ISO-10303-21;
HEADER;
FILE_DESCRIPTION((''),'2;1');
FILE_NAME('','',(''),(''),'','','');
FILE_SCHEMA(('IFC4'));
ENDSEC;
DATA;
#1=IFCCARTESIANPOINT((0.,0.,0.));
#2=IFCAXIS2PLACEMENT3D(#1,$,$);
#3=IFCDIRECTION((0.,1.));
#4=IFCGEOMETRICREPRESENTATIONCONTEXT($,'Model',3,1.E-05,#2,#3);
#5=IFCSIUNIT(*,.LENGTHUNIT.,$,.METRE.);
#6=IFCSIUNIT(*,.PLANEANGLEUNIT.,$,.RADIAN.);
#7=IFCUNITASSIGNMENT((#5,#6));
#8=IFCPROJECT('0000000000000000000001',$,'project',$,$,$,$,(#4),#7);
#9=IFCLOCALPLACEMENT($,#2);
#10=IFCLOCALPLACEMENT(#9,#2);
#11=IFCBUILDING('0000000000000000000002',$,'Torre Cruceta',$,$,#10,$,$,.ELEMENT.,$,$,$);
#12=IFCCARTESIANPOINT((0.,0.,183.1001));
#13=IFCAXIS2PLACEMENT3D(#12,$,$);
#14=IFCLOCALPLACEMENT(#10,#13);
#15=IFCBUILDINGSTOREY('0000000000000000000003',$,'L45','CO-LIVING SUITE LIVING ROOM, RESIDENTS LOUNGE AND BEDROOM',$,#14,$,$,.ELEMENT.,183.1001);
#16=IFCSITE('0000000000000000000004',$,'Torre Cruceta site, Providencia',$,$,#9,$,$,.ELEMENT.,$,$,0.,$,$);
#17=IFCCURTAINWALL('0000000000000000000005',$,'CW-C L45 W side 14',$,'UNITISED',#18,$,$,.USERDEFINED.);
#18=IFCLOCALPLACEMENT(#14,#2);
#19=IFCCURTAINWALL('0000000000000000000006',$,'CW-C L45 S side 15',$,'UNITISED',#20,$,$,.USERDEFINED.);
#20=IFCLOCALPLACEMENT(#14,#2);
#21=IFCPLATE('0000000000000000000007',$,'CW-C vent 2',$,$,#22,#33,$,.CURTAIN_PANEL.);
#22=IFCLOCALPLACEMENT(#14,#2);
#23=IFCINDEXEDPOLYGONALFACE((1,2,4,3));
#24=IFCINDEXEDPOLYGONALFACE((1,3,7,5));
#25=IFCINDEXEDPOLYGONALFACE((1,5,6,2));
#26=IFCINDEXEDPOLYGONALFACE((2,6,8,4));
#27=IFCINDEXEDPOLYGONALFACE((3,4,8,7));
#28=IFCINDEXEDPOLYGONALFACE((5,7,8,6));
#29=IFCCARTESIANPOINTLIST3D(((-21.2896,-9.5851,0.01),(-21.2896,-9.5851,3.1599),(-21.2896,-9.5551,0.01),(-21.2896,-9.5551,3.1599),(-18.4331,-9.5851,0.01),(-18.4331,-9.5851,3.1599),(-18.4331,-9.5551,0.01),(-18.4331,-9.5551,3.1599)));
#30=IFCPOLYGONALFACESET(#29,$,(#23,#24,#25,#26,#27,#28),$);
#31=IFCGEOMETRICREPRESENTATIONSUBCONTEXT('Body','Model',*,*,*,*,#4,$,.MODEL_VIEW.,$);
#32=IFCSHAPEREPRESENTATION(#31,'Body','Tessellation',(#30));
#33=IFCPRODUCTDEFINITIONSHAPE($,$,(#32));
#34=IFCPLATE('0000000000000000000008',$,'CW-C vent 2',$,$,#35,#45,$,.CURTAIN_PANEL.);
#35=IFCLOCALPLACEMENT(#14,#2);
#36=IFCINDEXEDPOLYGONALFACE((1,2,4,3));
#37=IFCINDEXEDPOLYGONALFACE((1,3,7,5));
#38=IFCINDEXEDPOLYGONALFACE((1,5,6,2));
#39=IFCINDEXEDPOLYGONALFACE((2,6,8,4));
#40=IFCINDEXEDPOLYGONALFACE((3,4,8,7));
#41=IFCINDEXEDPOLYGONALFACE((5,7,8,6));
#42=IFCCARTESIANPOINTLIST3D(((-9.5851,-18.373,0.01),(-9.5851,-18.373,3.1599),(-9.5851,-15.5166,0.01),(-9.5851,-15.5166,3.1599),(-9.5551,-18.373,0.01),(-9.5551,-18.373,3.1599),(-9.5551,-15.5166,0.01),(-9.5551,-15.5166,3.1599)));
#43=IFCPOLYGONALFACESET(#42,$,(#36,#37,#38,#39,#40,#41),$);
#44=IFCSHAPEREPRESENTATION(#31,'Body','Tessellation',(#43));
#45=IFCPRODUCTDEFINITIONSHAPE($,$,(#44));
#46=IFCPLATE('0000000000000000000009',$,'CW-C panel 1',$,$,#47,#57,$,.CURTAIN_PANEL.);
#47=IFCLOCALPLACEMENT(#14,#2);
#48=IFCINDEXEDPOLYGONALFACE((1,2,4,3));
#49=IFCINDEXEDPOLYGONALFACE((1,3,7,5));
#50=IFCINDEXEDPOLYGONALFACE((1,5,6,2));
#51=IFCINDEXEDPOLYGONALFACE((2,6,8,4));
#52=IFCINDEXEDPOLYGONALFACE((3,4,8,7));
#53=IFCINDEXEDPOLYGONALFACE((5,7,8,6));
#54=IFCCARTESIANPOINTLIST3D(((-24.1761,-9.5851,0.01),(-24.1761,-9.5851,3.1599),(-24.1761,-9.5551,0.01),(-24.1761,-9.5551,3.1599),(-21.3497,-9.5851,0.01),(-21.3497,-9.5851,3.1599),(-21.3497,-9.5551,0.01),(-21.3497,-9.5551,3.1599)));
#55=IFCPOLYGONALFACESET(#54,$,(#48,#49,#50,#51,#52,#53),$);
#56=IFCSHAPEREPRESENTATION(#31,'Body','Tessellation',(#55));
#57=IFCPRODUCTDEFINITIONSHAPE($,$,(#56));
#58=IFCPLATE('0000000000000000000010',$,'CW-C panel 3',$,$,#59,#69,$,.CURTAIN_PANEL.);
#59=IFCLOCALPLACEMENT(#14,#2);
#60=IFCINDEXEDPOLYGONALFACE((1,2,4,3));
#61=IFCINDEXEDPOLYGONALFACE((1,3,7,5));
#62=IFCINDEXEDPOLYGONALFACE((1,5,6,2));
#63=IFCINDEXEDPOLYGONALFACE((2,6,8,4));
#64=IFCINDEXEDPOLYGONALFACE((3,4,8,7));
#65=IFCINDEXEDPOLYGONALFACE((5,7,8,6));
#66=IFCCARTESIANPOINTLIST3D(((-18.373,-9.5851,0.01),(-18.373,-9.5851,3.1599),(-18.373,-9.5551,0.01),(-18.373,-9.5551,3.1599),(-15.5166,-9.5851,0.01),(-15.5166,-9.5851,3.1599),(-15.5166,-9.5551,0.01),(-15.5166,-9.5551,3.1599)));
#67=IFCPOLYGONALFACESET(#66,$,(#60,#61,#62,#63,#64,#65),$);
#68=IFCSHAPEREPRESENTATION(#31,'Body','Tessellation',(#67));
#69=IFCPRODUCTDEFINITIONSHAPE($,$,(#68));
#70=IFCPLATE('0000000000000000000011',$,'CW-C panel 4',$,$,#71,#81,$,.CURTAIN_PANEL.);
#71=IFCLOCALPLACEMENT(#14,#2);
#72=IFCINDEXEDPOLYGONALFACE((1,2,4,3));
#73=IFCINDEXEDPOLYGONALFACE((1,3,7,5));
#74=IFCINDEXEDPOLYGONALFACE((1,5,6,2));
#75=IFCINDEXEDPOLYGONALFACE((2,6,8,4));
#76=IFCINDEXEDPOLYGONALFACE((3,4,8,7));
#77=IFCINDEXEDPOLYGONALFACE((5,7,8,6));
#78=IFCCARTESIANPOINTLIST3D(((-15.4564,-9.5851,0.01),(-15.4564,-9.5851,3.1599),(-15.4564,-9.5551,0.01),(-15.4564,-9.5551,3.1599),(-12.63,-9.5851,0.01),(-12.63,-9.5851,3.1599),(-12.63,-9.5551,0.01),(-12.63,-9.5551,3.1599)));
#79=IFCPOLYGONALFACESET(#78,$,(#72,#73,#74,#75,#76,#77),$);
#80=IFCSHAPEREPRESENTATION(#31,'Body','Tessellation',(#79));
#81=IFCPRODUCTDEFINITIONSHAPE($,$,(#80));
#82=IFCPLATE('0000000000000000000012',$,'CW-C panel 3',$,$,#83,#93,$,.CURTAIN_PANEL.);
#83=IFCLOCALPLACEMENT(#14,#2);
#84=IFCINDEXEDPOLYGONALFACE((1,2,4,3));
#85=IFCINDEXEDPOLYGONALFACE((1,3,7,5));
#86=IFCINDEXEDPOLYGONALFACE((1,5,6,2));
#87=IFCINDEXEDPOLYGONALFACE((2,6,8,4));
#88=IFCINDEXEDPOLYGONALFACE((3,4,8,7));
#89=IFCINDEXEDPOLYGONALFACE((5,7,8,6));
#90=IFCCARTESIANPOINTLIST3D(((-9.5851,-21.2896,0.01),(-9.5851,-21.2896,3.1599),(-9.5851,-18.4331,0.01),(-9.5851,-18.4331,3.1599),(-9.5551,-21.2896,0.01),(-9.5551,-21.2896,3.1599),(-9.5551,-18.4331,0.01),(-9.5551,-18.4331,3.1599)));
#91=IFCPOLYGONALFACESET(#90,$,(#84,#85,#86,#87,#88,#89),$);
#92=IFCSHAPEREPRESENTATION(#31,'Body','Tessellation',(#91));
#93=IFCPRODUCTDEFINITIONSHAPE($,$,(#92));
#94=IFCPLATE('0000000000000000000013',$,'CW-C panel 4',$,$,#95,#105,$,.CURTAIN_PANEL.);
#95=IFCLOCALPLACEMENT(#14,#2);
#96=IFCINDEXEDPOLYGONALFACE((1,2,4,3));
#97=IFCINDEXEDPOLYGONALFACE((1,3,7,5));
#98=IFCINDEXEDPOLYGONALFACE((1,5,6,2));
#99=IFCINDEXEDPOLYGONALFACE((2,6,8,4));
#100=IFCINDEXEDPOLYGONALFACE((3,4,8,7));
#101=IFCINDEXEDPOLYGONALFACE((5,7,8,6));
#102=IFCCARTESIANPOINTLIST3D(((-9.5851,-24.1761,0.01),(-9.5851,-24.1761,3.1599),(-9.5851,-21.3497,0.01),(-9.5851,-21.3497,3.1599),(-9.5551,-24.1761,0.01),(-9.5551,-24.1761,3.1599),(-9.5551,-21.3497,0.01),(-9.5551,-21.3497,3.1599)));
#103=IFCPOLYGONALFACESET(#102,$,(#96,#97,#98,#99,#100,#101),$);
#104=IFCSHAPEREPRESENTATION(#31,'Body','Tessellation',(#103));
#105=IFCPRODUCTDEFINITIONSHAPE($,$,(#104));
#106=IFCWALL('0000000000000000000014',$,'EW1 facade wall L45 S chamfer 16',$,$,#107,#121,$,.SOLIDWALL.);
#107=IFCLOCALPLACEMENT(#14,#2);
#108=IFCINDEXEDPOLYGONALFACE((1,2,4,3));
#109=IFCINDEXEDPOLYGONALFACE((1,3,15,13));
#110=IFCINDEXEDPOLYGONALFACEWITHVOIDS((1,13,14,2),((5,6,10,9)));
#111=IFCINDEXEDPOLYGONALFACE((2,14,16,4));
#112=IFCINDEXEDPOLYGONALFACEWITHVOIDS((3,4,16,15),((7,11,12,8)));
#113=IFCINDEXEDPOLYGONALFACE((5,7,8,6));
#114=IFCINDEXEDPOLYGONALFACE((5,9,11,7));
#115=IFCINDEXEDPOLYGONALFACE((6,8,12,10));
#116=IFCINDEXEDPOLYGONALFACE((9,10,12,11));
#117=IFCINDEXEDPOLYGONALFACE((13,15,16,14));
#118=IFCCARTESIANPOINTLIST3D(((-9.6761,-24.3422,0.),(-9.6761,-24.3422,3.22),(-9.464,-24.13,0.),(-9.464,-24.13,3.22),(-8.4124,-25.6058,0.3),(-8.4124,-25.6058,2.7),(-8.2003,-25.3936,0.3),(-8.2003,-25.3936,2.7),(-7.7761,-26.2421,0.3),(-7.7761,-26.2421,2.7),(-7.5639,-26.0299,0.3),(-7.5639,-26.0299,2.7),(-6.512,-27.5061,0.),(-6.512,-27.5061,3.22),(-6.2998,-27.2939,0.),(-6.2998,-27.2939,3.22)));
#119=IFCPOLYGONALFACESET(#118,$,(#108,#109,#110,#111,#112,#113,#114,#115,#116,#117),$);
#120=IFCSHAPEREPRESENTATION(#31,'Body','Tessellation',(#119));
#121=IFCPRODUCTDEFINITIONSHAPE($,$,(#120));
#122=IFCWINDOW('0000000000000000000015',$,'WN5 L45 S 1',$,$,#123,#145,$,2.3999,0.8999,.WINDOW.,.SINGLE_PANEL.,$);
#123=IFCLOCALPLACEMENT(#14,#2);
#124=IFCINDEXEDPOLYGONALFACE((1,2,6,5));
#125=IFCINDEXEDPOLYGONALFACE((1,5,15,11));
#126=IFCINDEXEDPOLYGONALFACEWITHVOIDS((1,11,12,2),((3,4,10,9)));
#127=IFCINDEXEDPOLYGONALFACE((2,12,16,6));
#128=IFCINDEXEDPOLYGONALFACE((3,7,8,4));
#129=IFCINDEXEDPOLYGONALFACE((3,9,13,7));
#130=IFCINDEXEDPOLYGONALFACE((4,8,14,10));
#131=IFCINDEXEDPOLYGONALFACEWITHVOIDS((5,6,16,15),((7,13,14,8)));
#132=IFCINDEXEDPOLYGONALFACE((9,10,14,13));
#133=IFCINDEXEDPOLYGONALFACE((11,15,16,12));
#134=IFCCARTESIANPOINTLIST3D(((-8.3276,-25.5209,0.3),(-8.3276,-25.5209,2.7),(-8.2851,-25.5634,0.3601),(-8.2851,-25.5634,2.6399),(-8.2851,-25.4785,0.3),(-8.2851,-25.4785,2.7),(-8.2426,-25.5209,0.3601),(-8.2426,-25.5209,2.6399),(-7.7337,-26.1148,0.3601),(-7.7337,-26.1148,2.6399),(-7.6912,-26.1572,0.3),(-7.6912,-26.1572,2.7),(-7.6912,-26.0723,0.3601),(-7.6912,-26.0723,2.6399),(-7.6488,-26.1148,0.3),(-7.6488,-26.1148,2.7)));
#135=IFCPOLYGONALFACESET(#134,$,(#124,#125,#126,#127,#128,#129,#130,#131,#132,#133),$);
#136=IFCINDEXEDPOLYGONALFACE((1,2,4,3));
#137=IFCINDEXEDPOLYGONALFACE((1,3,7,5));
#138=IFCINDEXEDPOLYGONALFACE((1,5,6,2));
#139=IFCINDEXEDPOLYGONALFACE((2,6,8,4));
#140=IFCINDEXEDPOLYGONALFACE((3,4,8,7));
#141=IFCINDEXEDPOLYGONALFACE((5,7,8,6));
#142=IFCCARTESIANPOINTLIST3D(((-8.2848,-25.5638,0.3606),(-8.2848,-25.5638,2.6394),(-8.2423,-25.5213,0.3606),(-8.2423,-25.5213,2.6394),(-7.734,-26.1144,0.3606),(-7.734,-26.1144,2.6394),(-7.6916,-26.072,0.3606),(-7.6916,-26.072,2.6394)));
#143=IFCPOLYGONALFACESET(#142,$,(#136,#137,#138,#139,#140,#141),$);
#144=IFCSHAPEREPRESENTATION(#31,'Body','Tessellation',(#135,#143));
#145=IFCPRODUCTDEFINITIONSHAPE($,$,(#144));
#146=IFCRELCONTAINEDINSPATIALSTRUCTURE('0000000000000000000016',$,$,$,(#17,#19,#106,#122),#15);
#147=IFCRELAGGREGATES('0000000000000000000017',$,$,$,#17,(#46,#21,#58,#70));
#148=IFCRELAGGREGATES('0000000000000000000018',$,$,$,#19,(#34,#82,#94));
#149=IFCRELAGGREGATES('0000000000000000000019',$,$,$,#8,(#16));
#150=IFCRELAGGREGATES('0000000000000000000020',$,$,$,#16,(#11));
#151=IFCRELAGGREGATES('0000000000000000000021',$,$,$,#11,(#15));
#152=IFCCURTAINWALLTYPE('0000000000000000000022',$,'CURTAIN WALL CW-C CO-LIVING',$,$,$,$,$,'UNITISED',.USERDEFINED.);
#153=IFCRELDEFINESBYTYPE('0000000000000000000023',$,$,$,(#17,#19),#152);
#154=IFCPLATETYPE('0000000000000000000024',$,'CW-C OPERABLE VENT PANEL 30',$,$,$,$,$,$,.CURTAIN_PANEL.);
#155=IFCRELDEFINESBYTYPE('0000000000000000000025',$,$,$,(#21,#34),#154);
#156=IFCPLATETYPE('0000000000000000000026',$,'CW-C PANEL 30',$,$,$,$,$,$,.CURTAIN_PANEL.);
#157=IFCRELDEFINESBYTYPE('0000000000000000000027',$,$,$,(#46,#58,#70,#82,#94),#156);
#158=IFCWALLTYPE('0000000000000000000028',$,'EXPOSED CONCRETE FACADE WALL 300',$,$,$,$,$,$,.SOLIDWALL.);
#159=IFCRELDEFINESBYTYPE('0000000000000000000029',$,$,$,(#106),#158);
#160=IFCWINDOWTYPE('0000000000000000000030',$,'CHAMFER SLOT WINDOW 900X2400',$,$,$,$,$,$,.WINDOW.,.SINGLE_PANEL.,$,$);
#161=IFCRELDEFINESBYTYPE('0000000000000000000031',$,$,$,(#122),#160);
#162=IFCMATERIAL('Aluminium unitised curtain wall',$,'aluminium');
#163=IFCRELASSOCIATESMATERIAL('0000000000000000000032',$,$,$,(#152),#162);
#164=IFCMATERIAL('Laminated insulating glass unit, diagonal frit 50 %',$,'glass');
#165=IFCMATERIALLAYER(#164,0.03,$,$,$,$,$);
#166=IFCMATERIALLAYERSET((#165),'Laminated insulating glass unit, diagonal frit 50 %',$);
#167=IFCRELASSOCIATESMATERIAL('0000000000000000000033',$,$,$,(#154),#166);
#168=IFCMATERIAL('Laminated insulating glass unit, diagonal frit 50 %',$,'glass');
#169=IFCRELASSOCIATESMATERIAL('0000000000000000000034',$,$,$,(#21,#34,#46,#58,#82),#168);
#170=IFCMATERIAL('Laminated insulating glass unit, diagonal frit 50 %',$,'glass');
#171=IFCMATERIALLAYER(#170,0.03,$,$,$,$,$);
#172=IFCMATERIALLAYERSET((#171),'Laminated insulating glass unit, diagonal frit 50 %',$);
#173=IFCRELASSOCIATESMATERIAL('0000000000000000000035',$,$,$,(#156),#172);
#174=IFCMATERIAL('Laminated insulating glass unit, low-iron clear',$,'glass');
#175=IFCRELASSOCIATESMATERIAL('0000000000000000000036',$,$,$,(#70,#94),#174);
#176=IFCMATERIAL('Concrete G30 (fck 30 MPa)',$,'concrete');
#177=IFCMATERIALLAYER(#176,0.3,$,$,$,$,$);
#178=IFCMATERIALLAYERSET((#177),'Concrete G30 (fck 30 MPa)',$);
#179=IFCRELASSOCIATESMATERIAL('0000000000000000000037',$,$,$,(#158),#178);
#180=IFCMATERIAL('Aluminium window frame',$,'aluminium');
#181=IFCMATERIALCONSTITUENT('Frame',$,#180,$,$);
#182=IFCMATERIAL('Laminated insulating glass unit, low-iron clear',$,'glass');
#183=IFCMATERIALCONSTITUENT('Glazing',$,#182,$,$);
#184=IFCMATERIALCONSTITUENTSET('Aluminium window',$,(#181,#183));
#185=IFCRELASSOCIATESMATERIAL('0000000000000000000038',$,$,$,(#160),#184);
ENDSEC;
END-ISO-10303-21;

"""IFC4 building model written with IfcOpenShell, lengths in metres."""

from ifc_helpers import new_model, si_unit, direction, frame, frame_2d, origin, origin_2d, place, context, subcontext, project, spatial, rectangle, hollow_rectangle, extrude, material, layer, layer_set, constituent, constituent_set, type_object, element, fill, aggregate, save


model = new_model("IFC4")

# Units and contexts
model_context = context("Model", 3, precision=1e-05, world=origin(), true_north=direction((0.0, 1.0)))
body_context = subcontext(model_context, "Body", "Model", "MODEL_VIEW")
ifc_project = project(units=[si_unit("LENGTHUNIT", "METRE"), si_unit("PLANEANGLEUNIT", "RADIAN")], contexts=[model_context])

# Site, building, storey
site_placement = place(None, origin())
site = spatial("IfcSite", under=ifc_project, at=site_placement, Name="Torre Cruceta site, Providencia", CompositionType="ELEMENT", RefElevation=0.0)
building_placement = place(site_placement, origin())
building = spatial("IfcBuilding", under=site, at=building_placement, Name="Torre Cruceta", CompositionType="ELEMENT")
storey_placement = place(building_placement, frame((0.0, 0.0, 183.1001)))
storey = spatial("IfcBuildingStorey", under=building, at=storey_placement, Name="L45", Description="CO-LIVING SUITE LIVING ROOM, RESIDENTS LOUNGE AND BEDROOM", CompositionType="ELEMENT", Elevation=183.1001)

# Curtain walls
ifc_material_1 = material(Name="Aluminium unitised curtain wall", Category="aluminium")
curtain_wall_type = type_object("IfcCurtainWallType", Name="CURTAIN WALL CW-C CO-LIVING", ElementType="UNITISED", PredefinedType="USERDEFINED", material=ifc_material_1)
curtain_wall_1_placement = place(storey_placement, origin())
curtain_wall_1 = element("IfcCurtainWall", 1, at=curtain_wall_1_placement, inside=storey, type_object=curtain_wall_type, Name="CW-C L45 W side 14", ObjectType="UNITISED", PredefinedType="USERDEFINED")
curtain_wall_2_placement = place(storey_placement, origin())
curtain_wall_2 = element("IfcCurtainWall", 2, at=curtain_wall_2_placement, inside=storey, type_object=curtain_wall_type, Name="CW-C L45 S side 15", ObjectType="UNITISED", PredefinedType="USERDEFINED")

# Plates
ifc_material_2 = material(Name="Laminated insulating glass unit, diagonal frit 50 %", Category="glass")
ifc_material_3 = material(Name="Laminated insulating glass unit, diagonal frit 50 %", Category="glass")
ifc_layer_1 = layer(ifc_material_3, 0.03)
ifc_layer_set_1 = layer_set([ifc_layer_1], Name="Laminated insulating glass unit, diagonal frit 50 %")
plate_type_1 = type_object("IfcPlateType", Name="CW-C OPERABLE VENT PANEL 30", PredefinedType="CURTAIN_PANEL", material=ifc_layer_set_1)
plate_1_placement = place(storey_placement, frame((-19.8613, -9.5701, 0.01), z_axis=(0.0, 0.0, 1.0), x_axis=(1.0, 0.0, 0.0)))
plate_1 = element("IfcPlate", 3, at=plate_1_placement, type_object=plate_type_1, material=ifc_material_2, Name="CW-C vent 2", PredefinedType="CURTAIN_PANEL", context=body_context, shape_type="SweptSolid", body=[
    extrude(rectangle(XDim=2.8564, YDim=0.03, at=origin_2d()), origin(), (0.0, 0.0, 1.0), 3.1499),
])
plate_2_placement = place(storey_placement, frame((-9.5701, -16.9448, 0.01), z_axis=(0.0, 0.0, 1.0), x_axis=(0.0, -1.0, 0.0)))
plate_2 = element("IfcPlate", 4, at=plate_2_placement, type_object=plate_type_1, material=ifc_material_2, Name="CW-C vent 2", PredefinedType="CURTAIN_PANEL", context=body_context, shape_type="SweptSolid", body=[
    extrude(rectangle(XDim=2.8564, YDim=0.03, at=origin_2d()), origin(), (0.0, 0.0, 1.0), 3.1499),
])
ifc_material_4 = material(Name="Laminated insulating glass unit, diagonal frit 50 %", Category="glass")
ifc_layer_2 = layer(ifc_material_4, 0.03)
ifc_layer_set_2 = layer_set([ifc_layer_2], Name="Laminated insulating glass unit, diagonal frit 50 %")
plate_type_2 = type_object("IfcPlateType", Name="CW-C PANEL 30", PredefinedType="CURTAIN_PANEL", material=ifc_layer_set_2)
plate_3_placement = place(storey_placement, frame((-22.7629, -9.5701, 0.01), z_axis=(0.0, 0.0, 1.0), x_axis=(1.0, 0.0, 0.0)))
plate_3 = element("IfcPlate", 5, at=plate_3_placement, type_object=plate_type_2, material=ifc_material_2, Name="CW-C panel 1", PredefinedType="CURTAIN_PANEL", context=body_context, shape_type="SweptSolid", body=[
    extrude(rectangle(XDim=2.8264, YDim=0.03, at=origin_2d()), origin(), (0.0, 0.0, 1.0), 3.1499),
])
plate_4_placement = place(storey_placement, frame((-16.9448, -9.5701, 0.01), z_axis=(0.0, 0.0, 1.0), x_axis=(1.0, 0.0, 0.0)))
plate_4 = element("IfcPlate", 6, at=plate_4_placement, type_object=plate_type_2, material=ifc_material_2, Name="CW-C panel 3", PredefinedType="CURTAIN_PANEL", context=body_context, shape_type="SweptSolid", body=[
    extrude(rectangle(XDim=2.8564, YDim=0.03, at=origin_2d()), origin(), (0.0, 0.0, 1.0), 3.1499),
])
ifc_material_5 = material(Name="Laminated insulating glass unit, low-iron clear", Category="glass")
plate_5_placement = place(storey_placement, frame((-14.0432, -9.5701, 0.01), z_axis=(0.0, 0.0, 1.0), x_axis=(1.0, 0.0, 0.0)))
plate_5 = element("IfcPlate", 7, at=plate_5_placement, type_object=plate_type_2, material=ifc_material_5, Name="CW-C panel 4", PredefinedType="CURTAIN_PANEL", context=body_context, shape_type="SweptSolid", body=[
    extrude(rectangle(XDim=2.8264, YDim=0.03, at=origin_2d()), origin(), (0.0, 0.0, 1.0), 3.1499),
])
aggregate(curtain_wall_1, [plate_3, plate_1, plate_4, plate_5])
plate_6_placement = place(storey_placement, frame((-9.5701, -19.8613, 0.01), z_axis=(0.0, 0.0, 1.0), x_axis=(0.0, -1.0, 0.0)))
plate_6 = element("IfcPlate", 8, at=plate_6_placement, type_object=plate_type_2, material=ifc_material_2, Name="CW-C panel 3", PredefinedType="CURTAIN_PANEL", context=body_context, shape_type="SweptSolid", body=[
    extrude(rectangle(XDim=2.8564, YDim=0.03, at=origin_2d()), origin(), (0.0, 0.0, 1.0), 3.1499),
])
plate_7_placement = place(storey_placement, frame((-9.5701, -22.7629, 0.01), z_axis=(0.0, 0.0, 1.0), x_axis=(0.0, -1.0, 0.0)))
plate_7 = element("IfcPlate", 9, at=plate_7_placement, type_object=plate_type_2, material=ifc_material_5, Name="CW-C panel 4", PredefinedType="CURTAIN_PANEL", context=body_context, shape_type="SweptSolid", body=[
    extrude(rectangle(XDim=2.8264, YDim=0.03, at=origin_2d()), origin(), (0.0, 0.0, 1.0), 3.1499),
])
aggregate(curtain_wall_2, [plate_2, plate_6, plate_7])

# Wall, opening, window
ifc_material_6 = material(Name="Concrete G30 (fck 30 MPa)", Category="concrete")
ifc_layer_3 = layer(ifc_material_6, 0.3)
ifc_layer_set_3 = layer_set([ifc_layer_3], Name="Concrete G30 (fck 30 MPa)")
wall_type = type_object("IfcWallType", Name="EXPOSED CONCRETE FACADE WALL 300", PredefinedType="SOLIDWALL", material=ifc_layer_set_3)
wall_placement = place(storey_placement, frame((-9.5701, -24.2361, 0.0), z_axis=(0.0, 0.0, 1.0), x_axis=(0.707134, -0.707079, 0.0)))
wall = element("IfcWall", 10, at=wall_placement, inside=storey, type_object=wall_type, Name="EW1 facade wall L45 S chamfer 16", PredefinedType="SOLIDWALL", context=body_context, shape_type="SweptSolid", body=[
    extrude(rectangle(XDim=4.4746, YDim=0.3, at=frame_2d((2.2373, 0.0))), origin(), (0.0, 0.0, 1.0), 3.22),
])
opening_placement = place(wall_placement, frame((1.7871, 0.0, 0.3)))
opening = element("IfcOpeningElement", 11, at=opening_placement, cuts=wall, PredefinedType="OPENING", context=body_context, shape_type="SweptSolid", body=[
    extrude(rectangle(XDim=0.8999, YDim=2.3999, at=frame_2d((0.45, 1.2))), frame((0.0, 0.1599, 0.0), z_axis=(0.0, -1.0, 0.0), x_axis=(1.0, 0.0, 0.0)), (0.0, 0.0, 1.0), 0.3201),
])
ifc_material_7 = material(Name="Aluminium window frame", Category="aluminium")
ifc_constituent_1 = constituent(ifc_material_7, Name="Frame")
ifc_material_8 = material(Name="Laminated insulating glass unit, low-iron clear", Category="glass")
ifc_constituent_2 = constituent(ifc_material_8, Name="Glazing")
ifc_constituent_set = constituent_set(constituents=[ifc_constituent_1, ifc_constituent_2], Name="Aluminium window")
window_type = type_object("IfcWindowType", Name="CHAMFER SLOT WINDOW 900X2400", PartitioningType="SINGLE_PANEL", PredefinedType="WINDOW", material=ifc_constituent_set)
window_placement = place(opening_placement, origin())
window = element("IfcWindow", 12, at=window_placement, inside=storey, type_object=window_type, Name="WN5 L45 S 1", OverallHeight=2.3999, OverallWidth=0.8999, PartitioningType="SINGLE_PANEL", PredefinedType="WINDOW", context=body_context, shape_type="SweptSolid", body=[
    extrude(hollow_rectangle(XDim=0.8999, YDim=2.3999, WallThickness=0.0601, at=frame_2d((0.45, 1.2))), frame((0.0, 0.03, 0.0), z_axis=(0.0, -1.0, 0.0), x_axis=(1.0, 0.0, 0.0)), (0.0, 0.0, 1.0), 0.0601),
    extrude(rectangle(XDim=0.7788, YDim=2.2788, at=frame_2d((0.45, 1.2))), frame((0.0, 0.03, 0.0), z_axis=(0.0, -1.0, 0.0), x_axis=(1.0, 0.0, 0.0)), (0.0, 0.0, 1.0), 0.0601),
])
fill(opening, window)

save(model, "model.ifc")
